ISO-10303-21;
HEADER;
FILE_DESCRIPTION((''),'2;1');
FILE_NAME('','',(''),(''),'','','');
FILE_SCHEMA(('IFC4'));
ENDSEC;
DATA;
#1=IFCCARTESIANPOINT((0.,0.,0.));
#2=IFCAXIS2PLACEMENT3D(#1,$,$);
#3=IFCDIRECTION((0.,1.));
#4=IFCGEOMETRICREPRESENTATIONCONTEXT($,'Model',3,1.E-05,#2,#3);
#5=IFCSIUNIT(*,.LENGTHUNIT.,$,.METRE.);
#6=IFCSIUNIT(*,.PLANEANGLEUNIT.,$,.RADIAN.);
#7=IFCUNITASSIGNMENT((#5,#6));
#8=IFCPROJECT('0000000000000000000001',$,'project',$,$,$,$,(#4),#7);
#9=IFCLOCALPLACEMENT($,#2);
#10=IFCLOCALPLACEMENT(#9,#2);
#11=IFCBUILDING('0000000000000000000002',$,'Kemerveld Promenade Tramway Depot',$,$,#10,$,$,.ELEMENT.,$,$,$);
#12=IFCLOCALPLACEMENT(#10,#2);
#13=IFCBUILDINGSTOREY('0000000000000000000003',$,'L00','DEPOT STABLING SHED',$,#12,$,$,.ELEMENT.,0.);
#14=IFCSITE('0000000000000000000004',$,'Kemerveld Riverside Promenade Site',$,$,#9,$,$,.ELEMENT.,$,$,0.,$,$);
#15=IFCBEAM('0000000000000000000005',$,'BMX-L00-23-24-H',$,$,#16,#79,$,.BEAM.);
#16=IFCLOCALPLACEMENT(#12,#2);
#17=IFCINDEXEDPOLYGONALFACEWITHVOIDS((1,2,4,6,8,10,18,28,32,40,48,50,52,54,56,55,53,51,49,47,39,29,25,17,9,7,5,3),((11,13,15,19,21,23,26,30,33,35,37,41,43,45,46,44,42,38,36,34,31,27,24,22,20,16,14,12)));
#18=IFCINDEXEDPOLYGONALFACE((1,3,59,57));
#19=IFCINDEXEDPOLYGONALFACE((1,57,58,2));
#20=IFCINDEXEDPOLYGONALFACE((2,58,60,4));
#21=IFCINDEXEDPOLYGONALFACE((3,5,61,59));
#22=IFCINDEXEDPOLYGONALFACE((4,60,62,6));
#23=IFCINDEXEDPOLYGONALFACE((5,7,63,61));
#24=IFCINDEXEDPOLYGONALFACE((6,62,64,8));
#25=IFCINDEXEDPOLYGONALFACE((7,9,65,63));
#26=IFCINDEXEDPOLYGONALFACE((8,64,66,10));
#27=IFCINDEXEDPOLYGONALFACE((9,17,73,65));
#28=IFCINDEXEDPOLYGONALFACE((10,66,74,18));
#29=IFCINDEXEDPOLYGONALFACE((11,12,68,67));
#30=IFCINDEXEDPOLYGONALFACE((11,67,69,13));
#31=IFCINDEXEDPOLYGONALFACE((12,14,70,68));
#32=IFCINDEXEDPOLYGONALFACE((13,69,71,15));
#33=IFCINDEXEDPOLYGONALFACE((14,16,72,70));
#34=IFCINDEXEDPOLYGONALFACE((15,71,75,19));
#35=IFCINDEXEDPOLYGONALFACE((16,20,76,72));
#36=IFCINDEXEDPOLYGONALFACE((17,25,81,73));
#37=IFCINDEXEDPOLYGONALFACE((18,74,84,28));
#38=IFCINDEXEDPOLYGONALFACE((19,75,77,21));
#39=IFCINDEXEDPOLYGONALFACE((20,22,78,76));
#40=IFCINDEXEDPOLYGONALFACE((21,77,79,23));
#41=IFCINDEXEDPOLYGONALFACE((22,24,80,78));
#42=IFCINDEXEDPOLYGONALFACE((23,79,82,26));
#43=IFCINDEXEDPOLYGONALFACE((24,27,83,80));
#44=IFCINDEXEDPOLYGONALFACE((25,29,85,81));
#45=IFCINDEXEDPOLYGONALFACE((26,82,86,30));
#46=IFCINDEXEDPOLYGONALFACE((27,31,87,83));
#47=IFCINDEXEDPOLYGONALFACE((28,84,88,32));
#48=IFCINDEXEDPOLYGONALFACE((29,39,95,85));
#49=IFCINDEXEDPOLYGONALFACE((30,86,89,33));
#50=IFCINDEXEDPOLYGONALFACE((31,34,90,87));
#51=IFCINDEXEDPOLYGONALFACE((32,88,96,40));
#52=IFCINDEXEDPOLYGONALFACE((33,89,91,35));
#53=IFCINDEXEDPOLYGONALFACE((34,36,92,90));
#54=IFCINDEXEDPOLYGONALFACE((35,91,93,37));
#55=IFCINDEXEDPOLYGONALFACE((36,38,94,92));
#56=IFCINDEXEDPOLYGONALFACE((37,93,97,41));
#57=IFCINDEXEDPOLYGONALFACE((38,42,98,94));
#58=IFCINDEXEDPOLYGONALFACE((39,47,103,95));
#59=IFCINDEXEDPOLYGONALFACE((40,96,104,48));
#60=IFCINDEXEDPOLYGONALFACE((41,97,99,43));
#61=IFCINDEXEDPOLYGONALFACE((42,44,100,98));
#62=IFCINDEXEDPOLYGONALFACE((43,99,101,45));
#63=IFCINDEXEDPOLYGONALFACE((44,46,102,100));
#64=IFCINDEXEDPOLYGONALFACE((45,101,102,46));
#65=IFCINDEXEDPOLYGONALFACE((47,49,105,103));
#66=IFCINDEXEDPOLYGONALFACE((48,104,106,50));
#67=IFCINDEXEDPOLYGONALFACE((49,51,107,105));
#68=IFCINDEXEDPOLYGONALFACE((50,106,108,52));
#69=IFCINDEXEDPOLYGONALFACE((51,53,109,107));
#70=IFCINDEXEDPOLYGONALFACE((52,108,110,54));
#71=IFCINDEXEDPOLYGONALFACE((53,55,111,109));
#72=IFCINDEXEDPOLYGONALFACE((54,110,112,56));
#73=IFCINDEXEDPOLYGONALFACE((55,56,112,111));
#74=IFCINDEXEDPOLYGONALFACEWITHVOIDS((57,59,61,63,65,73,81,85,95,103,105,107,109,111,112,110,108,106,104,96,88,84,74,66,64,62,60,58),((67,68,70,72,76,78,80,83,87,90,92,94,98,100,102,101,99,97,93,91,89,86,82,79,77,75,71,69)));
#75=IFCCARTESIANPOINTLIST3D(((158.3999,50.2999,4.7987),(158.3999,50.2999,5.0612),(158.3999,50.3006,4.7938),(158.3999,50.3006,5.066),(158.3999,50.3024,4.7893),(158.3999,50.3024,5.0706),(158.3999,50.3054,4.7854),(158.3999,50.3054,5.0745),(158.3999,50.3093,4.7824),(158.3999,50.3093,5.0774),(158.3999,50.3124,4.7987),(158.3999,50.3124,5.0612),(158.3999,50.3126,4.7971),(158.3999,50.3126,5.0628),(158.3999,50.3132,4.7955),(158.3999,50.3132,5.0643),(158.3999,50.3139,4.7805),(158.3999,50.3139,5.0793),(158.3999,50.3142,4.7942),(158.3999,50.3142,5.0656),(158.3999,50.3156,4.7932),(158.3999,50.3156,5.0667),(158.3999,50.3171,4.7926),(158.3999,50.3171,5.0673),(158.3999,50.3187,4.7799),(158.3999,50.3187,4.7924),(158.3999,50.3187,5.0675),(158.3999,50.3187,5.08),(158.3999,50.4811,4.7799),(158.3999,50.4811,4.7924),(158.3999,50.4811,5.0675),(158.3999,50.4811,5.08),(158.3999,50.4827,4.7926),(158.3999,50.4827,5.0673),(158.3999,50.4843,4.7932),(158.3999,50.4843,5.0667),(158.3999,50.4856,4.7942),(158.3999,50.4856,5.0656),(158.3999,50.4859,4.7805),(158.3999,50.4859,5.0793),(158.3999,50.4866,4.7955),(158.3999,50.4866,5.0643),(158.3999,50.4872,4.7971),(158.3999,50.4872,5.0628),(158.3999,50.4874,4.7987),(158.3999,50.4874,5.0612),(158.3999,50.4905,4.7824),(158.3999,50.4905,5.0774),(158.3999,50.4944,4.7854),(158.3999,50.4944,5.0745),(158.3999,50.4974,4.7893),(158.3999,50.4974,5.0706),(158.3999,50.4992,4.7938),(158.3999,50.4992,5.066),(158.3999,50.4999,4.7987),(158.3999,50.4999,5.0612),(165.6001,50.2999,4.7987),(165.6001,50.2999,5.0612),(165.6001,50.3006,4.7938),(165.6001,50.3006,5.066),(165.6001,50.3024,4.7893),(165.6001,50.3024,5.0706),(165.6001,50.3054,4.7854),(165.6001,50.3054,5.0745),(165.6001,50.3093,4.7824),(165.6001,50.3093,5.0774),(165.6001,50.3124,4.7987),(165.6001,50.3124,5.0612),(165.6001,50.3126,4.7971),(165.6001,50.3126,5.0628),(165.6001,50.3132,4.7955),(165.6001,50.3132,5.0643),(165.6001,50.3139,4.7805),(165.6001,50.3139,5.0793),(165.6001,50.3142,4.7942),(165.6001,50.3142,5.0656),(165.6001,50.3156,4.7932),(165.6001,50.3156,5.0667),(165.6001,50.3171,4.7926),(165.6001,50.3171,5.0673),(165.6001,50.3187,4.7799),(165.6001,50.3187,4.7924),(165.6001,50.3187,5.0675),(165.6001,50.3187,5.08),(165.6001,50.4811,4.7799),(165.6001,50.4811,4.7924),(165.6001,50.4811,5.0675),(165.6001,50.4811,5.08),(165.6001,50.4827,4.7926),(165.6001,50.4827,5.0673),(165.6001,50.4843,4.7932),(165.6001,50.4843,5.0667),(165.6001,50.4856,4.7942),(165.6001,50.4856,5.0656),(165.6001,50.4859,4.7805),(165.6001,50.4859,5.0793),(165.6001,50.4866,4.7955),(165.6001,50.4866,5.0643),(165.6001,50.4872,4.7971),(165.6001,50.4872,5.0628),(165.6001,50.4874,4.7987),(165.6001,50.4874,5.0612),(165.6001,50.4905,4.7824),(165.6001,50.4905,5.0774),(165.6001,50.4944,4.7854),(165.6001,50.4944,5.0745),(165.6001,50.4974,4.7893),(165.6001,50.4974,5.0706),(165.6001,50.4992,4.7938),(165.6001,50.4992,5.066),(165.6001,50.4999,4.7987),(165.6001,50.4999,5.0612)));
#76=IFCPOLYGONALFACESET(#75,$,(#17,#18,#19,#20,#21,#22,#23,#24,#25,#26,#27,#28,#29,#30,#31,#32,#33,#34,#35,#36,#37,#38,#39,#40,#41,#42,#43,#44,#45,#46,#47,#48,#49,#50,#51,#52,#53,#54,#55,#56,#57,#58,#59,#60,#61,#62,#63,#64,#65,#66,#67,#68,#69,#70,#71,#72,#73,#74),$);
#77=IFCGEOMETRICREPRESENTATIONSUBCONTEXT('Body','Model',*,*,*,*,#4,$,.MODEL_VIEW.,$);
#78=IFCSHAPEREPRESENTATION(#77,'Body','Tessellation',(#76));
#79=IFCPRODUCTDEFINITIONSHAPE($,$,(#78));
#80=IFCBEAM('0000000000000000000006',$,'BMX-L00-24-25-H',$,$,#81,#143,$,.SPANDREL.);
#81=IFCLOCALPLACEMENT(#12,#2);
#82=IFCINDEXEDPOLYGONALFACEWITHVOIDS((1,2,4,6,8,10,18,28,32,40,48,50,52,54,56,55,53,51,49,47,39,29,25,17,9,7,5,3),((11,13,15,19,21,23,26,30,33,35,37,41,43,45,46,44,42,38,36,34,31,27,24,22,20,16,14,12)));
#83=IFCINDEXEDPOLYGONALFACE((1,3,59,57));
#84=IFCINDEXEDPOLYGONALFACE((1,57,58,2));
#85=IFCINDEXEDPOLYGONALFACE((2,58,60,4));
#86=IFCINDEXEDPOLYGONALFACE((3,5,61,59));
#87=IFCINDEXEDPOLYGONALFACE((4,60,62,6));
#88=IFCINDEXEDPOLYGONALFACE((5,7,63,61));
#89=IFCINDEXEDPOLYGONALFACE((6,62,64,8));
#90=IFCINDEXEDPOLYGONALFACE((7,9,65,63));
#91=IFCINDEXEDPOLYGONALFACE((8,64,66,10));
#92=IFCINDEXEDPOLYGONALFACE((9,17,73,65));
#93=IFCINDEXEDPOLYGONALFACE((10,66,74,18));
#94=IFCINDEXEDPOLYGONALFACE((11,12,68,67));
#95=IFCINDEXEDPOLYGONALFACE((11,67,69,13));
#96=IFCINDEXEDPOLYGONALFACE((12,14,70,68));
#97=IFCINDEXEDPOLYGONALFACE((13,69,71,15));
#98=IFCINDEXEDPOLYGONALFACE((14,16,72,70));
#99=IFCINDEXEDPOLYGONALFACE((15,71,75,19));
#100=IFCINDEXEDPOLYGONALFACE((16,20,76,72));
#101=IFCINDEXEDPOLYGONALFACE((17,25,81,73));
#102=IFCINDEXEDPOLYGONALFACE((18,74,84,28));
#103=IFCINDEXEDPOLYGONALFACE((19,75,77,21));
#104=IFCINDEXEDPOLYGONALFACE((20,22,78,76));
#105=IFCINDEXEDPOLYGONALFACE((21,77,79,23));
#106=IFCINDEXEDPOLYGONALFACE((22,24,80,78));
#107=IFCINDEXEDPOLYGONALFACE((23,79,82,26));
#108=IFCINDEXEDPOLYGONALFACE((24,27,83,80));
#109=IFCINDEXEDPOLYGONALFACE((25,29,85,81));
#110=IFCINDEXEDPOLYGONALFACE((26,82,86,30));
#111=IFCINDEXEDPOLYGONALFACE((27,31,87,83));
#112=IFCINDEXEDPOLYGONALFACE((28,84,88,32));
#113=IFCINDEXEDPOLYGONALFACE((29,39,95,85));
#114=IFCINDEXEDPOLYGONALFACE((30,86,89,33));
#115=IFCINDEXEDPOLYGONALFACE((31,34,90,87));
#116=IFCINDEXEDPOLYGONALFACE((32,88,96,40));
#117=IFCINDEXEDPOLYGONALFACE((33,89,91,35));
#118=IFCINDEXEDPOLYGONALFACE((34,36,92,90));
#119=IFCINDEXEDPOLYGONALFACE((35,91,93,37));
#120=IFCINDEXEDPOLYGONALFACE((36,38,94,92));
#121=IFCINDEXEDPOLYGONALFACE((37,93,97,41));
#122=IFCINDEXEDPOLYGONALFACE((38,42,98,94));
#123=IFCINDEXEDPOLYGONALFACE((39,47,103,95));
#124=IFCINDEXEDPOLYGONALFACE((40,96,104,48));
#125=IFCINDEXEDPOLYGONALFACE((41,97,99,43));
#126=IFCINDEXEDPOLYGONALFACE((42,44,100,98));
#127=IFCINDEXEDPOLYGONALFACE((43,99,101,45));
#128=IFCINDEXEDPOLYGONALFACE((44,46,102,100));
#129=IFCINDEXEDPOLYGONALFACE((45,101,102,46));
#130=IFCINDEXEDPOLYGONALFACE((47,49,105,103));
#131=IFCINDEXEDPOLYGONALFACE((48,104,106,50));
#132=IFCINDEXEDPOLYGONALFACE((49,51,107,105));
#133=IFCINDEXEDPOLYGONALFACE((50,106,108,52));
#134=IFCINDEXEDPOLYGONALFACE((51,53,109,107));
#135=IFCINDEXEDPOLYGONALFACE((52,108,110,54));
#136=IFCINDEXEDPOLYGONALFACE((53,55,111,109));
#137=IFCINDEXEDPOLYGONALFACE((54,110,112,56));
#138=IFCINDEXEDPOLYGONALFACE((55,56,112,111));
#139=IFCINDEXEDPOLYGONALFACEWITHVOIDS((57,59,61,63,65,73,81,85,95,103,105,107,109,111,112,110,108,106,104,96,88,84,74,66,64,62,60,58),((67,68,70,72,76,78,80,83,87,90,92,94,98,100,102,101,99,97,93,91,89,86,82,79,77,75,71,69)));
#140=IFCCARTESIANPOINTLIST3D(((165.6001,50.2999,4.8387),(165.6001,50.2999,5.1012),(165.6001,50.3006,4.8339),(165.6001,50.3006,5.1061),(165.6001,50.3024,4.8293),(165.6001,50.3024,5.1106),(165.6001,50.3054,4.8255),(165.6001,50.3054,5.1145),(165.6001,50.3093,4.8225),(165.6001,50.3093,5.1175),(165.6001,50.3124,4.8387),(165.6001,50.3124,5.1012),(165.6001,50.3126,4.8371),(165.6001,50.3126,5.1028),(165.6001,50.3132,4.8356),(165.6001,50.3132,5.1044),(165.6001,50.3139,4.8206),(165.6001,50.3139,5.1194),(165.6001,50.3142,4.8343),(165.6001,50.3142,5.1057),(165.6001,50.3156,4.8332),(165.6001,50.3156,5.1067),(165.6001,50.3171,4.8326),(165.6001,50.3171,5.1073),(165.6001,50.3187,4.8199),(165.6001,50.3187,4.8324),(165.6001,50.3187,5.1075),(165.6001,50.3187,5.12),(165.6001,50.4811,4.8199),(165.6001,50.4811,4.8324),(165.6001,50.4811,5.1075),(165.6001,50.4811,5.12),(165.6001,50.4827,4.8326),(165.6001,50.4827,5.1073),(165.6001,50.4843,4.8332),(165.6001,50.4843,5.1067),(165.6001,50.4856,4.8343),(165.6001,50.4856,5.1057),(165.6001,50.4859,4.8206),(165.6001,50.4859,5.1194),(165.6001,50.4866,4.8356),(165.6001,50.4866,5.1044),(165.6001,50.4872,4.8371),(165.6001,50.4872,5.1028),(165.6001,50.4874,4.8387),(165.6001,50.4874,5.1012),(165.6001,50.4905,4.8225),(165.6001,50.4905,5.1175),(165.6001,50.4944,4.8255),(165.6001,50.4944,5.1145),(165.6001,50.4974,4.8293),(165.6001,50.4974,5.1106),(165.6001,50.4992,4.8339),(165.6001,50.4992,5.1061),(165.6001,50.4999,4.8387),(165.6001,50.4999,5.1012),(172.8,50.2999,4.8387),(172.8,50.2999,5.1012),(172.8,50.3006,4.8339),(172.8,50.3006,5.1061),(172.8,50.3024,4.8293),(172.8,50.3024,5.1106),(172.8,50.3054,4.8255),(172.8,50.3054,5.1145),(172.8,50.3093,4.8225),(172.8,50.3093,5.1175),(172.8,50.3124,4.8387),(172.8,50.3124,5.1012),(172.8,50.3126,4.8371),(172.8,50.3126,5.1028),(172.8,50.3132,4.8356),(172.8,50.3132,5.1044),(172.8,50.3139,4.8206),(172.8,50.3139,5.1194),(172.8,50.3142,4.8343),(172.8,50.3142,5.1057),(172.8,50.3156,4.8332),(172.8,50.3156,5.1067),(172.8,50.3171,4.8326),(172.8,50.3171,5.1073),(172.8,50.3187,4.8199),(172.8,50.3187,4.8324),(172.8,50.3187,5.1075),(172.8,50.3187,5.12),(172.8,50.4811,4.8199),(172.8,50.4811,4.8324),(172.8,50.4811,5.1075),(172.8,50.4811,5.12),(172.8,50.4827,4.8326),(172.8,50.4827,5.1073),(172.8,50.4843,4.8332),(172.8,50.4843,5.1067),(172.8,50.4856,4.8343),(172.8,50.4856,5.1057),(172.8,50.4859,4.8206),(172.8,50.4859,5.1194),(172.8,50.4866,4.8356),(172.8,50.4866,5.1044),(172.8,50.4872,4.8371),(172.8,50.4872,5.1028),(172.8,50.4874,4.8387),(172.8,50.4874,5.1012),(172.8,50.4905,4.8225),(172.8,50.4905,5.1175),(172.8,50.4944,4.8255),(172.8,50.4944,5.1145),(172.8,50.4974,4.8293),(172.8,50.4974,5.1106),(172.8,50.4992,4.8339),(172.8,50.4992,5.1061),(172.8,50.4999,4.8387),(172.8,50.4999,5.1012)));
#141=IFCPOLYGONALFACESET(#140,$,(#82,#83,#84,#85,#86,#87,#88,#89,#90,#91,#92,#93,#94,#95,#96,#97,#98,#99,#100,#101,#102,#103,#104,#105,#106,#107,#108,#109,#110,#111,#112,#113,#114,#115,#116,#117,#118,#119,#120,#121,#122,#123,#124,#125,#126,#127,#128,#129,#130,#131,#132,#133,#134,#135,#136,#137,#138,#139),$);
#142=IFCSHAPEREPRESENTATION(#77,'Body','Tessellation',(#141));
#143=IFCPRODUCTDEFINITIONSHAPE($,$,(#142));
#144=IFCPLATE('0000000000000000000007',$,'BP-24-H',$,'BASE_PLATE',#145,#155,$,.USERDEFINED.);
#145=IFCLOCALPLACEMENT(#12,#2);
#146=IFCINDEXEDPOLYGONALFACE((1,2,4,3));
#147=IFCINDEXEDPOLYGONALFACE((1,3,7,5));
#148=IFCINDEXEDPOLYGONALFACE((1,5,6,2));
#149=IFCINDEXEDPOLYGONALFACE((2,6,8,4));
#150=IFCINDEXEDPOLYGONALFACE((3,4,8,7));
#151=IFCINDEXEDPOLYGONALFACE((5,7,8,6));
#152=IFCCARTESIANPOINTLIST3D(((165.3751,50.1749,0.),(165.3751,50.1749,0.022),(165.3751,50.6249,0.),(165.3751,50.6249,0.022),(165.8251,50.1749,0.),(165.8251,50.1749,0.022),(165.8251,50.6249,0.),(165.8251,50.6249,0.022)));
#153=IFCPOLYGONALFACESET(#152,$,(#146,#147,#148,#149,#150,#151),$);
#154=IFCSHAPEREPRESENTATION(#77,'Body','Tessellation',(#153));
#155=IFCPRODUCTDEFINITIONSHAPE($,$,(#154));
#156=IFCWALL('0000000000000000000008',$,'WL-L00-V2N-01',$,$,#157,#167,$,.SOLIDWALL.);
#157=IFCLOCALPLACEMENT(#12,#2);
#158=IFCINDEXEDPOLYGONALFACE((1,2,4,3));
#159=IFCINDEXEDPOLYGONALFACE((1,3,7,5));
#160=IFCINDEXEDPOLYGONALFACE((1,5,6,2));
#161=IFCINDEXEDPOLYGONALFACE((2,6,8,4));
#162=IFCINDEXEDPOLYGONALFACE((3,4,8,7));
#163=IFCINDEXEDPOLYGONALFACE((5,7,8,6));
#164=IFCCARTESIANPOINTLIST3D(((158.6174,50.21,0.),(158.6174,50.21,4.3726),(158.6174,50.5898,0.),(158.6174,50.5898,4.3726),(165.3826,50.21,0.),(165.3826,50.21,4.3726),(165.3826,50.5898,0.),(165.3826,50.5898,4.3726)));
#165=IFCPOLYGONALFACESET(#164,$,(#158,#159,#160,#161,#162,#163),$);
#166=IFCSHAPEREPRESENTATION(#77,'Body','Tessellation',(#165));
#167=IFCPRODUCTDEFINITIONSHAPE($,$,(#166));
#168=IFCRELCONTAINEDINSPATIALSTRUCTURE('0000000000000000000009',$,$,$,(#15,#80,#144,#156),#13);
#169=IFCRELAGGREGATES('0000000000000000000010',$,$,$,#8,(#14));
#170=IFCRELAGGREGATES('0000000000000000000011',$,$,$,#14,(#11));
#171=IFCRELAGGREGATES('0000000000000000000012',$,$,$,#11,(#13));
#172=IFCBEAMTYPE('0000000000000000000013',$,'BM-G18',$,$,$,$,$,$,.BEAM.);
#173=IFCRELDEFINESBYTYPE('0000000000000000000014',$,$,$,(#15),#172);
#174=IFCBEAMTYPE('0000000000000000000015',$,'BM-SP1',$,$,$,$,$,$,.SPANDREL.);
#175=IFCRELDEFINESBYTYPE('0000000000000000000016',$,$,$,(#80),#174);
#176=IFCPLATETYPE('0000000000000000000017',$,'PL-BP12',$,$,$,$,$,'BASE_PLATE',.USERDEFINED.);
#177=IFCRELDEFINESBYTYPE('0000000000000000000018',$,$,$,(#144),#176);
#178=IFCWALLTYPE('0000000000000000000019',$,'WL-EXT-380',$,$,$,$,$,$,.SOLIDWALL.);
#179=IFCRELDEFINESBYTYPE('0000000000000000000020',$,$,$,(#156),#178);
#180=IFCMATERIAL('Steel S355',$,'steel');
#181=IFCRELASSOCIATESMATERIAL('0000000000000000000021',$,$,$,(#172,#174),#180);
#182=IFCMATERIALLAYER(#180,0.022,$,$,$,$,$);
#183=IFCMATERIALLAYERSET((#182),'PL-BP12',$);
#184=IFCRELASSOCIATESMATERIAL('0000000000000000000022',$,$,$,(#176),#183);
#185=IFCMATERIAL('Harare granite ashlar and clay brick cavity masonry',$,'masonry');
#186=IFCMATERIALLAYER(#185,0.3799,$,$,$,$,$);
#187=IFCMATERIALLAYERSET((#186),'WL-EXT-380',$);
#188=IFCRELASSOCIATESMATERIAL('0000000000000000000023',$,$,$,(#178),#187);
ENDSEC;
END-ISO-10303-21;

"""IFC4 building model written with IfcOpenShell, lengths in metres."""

from ifc_helpers import new_model, si_unit, direction, frame, frame_2d, origin, origin_2d, place, context, subcontext, project, spatial, rectangle, hollow_rectangle, extrude, material, layer, layer_set, material_profile, profile_set, type_object, element, save


model = new_model("IFC4")

# Units and contexts
model_context = context("Model", 3, precision=1e-05, world=origin(), true_north=direction((0.0, 1.0)))
body_context = subcontext(model_context, "Body", "Model", "MODEL_VIEW")
ifc_project = project(units=[si_unit("LENGTHUNIT", "METRE"), si_unit("PLANEANGLEUNIT", "RADIAN")], contexts=[model_context])

# Site, building, storey
site_placement = place(None, origin())
site = spatial("IfcSite", under=ifc_project, at=site_placement, Name="Kemerveld Riverside Promenade Site", CompositionType="ELEMENT", RefElevation=0.0)
building_placement = place(site_placement, origin())
building = spatial("IfcBuilding", under=site, at=building_placement, Name="Kemerveld Promenade Tramway Depot", CompositionType="ELEMENT")
storey_placement = place(building_placement, origin())
storey = spatial("IfcBuildingStorey", under=building, at=storey_placement, Name="L00", Description="DEPOT STABLING SHED", CompositionType="ELEMENT", Elevation=0.0)

# Shared definitions
ifc_material_1 = material(Name="Steel S355", Category="steel")

# Beams
ifc_material_profile_1 = material_profile(ifc_material_1, hollow_rectangle(XDim=0.2, YDim=0.3, WallThickness=0.0125, InnerFilletRadius=0.0063, OuterFilletRadius=0.0188, at=origin_2d()), Name="300x200x12.5 RHS")
ifc_profile_set_1 = profile_set([ifc_material_profile_1], Name="Steel S355")
beam_type_1 = type_object("IfcBeamType", Name="BM-G18", PredefinedType="BEAM", material=ifc_profile_set_1)
beam_1_placement = place(storey_placement, frame((158.3999, 50.3999, 4.9299), z_axis=(1.0, 0.0, 0.0), x_axis=(0.0, 1.0, 0.0)))
element("IfcBeam", 1, at=beam_1_placement, inside=storey, type_object=beam_type_1, Name="BMX-L00-23-24-H", PredefinedType="BEAM", context=body_context, shape_type="SweptSolid", body=[
    extrude(hollow_rectangle(XDim=0.2, YDim=0.3, WallThickness=0.0125, InnerFilletRadius=0.0063, OuterFilletRadius=0.0188, at=origin_2d()), origin(), (0.0, 0.0, 1.0), 7.2002),
])
ifc_material_profile_2 = material_profile(ifc_material_1, hollow_rectangle(XDim=0.2, YDim=0.3, WallThickness=0.0125, InnerFilletRadius=0.0063, OuterFilletRadius=0.0188, at=origin_2d()), Name="300x200x12.5 RHS")
ifc_profile_set_2 = profile_set([ifc_material_profile_2], Name="Steel S355")
beam_type_2 = type_object("IfcBeamType", Name="BM-SP1", PredefinedType="SPANDREL", material=ifc_profile_set_2)
beam_2_placement = place(storey_placement, frame((165.6001, 50.3999, 4.97), z_axis=(1.0, 0.0, 0.0), x_axis=(0.0, 1.0, 0.0)))
element("IfcBeam", 2, at=beam_2_placement, inside=storey, type_object=beam_type_2, Name="BMX-L00-24-25-H", PredefinedType="SPANDREL", context=body_context, shape_type="SweptSolid", body=[
    extrude(hollow_rectangle(XDim=0.2, YDim=0.3, WallThickness=0.0125, InnerFilletRadius=0.0063, OuterFilletRadius=0.0188, at=origin_2d()), origin(), (0.0, 0.0, 1.0), 7.2),
])

# Plate
ifc_layer_1 = layer(ifc_material_1, 0.022)
ifc_layer_set_1 = layer_set([ifc_layer_1], Name="PL-BP12")
plate_type = type_object("IfcPlateType", Name="PL-BP12", ElementType="BASE_PLATE", PredefinedType="USERDEFINED", material=ifc_layer_set_1)
plate_placement = place(storey_placement, frame((165.6001, 50.3999, 0.0), z_axis=(0.0, 0.0, 1.0), x_axis=(1.0, 0.0, 0.0)))
element("IfcPlate", 3, at=plate_placement, inside=storey, type_object=plate_type, Name="BP-24-H", ObjectType="BASE_PLATE", PredefinedType="USERDEFINED", context=body_context, shape_type="SweptSolid", body=[
    extrude(rectangle(XDim=0.45, YDim=0.45, at=origin_2d()), origin(), (0.0, 0.0, 1.0), 0.022),
])

# Wall
ifc_material_2 = material(Name="Harare granite ashlar and clay brick cavity masonry", Category="masonry")
ifc_layer_2 = layer(ifc_material_2, 0.3799)
ifc_layer_set_2 = layer_set([ifc_layer_2], Name="WL-EXT-380")
wall_type_1 = type_object("IfcWallType", Name="WL-EXT-380", PredefinedType="SOLIDWALL", material=ifc_layer_set_2)
wall_1_placement = place(storey_placement, frame((158.6174, 50.3999, 0.0), z_axis=(0.0, 0.0, 1.0), x_axis=(1.0, 0.0, 0.0)))
element("IfcWall", 4, at=wall_1_placement, inside=storey, type_object=wall_type_1, Name="WL-L00-V2N-01", PredefinedType="SOLIDWALL", context=body_context, shape_type="SweptSolid", body=[
    extrude(rectangle(XDim=6.7651, YDim=0.3799, at=frame_2d((3.3826, 0.0))), origin(), (0.0, 0.0, 1.0), 4.3726),
])

save(model, "model.ifc")
